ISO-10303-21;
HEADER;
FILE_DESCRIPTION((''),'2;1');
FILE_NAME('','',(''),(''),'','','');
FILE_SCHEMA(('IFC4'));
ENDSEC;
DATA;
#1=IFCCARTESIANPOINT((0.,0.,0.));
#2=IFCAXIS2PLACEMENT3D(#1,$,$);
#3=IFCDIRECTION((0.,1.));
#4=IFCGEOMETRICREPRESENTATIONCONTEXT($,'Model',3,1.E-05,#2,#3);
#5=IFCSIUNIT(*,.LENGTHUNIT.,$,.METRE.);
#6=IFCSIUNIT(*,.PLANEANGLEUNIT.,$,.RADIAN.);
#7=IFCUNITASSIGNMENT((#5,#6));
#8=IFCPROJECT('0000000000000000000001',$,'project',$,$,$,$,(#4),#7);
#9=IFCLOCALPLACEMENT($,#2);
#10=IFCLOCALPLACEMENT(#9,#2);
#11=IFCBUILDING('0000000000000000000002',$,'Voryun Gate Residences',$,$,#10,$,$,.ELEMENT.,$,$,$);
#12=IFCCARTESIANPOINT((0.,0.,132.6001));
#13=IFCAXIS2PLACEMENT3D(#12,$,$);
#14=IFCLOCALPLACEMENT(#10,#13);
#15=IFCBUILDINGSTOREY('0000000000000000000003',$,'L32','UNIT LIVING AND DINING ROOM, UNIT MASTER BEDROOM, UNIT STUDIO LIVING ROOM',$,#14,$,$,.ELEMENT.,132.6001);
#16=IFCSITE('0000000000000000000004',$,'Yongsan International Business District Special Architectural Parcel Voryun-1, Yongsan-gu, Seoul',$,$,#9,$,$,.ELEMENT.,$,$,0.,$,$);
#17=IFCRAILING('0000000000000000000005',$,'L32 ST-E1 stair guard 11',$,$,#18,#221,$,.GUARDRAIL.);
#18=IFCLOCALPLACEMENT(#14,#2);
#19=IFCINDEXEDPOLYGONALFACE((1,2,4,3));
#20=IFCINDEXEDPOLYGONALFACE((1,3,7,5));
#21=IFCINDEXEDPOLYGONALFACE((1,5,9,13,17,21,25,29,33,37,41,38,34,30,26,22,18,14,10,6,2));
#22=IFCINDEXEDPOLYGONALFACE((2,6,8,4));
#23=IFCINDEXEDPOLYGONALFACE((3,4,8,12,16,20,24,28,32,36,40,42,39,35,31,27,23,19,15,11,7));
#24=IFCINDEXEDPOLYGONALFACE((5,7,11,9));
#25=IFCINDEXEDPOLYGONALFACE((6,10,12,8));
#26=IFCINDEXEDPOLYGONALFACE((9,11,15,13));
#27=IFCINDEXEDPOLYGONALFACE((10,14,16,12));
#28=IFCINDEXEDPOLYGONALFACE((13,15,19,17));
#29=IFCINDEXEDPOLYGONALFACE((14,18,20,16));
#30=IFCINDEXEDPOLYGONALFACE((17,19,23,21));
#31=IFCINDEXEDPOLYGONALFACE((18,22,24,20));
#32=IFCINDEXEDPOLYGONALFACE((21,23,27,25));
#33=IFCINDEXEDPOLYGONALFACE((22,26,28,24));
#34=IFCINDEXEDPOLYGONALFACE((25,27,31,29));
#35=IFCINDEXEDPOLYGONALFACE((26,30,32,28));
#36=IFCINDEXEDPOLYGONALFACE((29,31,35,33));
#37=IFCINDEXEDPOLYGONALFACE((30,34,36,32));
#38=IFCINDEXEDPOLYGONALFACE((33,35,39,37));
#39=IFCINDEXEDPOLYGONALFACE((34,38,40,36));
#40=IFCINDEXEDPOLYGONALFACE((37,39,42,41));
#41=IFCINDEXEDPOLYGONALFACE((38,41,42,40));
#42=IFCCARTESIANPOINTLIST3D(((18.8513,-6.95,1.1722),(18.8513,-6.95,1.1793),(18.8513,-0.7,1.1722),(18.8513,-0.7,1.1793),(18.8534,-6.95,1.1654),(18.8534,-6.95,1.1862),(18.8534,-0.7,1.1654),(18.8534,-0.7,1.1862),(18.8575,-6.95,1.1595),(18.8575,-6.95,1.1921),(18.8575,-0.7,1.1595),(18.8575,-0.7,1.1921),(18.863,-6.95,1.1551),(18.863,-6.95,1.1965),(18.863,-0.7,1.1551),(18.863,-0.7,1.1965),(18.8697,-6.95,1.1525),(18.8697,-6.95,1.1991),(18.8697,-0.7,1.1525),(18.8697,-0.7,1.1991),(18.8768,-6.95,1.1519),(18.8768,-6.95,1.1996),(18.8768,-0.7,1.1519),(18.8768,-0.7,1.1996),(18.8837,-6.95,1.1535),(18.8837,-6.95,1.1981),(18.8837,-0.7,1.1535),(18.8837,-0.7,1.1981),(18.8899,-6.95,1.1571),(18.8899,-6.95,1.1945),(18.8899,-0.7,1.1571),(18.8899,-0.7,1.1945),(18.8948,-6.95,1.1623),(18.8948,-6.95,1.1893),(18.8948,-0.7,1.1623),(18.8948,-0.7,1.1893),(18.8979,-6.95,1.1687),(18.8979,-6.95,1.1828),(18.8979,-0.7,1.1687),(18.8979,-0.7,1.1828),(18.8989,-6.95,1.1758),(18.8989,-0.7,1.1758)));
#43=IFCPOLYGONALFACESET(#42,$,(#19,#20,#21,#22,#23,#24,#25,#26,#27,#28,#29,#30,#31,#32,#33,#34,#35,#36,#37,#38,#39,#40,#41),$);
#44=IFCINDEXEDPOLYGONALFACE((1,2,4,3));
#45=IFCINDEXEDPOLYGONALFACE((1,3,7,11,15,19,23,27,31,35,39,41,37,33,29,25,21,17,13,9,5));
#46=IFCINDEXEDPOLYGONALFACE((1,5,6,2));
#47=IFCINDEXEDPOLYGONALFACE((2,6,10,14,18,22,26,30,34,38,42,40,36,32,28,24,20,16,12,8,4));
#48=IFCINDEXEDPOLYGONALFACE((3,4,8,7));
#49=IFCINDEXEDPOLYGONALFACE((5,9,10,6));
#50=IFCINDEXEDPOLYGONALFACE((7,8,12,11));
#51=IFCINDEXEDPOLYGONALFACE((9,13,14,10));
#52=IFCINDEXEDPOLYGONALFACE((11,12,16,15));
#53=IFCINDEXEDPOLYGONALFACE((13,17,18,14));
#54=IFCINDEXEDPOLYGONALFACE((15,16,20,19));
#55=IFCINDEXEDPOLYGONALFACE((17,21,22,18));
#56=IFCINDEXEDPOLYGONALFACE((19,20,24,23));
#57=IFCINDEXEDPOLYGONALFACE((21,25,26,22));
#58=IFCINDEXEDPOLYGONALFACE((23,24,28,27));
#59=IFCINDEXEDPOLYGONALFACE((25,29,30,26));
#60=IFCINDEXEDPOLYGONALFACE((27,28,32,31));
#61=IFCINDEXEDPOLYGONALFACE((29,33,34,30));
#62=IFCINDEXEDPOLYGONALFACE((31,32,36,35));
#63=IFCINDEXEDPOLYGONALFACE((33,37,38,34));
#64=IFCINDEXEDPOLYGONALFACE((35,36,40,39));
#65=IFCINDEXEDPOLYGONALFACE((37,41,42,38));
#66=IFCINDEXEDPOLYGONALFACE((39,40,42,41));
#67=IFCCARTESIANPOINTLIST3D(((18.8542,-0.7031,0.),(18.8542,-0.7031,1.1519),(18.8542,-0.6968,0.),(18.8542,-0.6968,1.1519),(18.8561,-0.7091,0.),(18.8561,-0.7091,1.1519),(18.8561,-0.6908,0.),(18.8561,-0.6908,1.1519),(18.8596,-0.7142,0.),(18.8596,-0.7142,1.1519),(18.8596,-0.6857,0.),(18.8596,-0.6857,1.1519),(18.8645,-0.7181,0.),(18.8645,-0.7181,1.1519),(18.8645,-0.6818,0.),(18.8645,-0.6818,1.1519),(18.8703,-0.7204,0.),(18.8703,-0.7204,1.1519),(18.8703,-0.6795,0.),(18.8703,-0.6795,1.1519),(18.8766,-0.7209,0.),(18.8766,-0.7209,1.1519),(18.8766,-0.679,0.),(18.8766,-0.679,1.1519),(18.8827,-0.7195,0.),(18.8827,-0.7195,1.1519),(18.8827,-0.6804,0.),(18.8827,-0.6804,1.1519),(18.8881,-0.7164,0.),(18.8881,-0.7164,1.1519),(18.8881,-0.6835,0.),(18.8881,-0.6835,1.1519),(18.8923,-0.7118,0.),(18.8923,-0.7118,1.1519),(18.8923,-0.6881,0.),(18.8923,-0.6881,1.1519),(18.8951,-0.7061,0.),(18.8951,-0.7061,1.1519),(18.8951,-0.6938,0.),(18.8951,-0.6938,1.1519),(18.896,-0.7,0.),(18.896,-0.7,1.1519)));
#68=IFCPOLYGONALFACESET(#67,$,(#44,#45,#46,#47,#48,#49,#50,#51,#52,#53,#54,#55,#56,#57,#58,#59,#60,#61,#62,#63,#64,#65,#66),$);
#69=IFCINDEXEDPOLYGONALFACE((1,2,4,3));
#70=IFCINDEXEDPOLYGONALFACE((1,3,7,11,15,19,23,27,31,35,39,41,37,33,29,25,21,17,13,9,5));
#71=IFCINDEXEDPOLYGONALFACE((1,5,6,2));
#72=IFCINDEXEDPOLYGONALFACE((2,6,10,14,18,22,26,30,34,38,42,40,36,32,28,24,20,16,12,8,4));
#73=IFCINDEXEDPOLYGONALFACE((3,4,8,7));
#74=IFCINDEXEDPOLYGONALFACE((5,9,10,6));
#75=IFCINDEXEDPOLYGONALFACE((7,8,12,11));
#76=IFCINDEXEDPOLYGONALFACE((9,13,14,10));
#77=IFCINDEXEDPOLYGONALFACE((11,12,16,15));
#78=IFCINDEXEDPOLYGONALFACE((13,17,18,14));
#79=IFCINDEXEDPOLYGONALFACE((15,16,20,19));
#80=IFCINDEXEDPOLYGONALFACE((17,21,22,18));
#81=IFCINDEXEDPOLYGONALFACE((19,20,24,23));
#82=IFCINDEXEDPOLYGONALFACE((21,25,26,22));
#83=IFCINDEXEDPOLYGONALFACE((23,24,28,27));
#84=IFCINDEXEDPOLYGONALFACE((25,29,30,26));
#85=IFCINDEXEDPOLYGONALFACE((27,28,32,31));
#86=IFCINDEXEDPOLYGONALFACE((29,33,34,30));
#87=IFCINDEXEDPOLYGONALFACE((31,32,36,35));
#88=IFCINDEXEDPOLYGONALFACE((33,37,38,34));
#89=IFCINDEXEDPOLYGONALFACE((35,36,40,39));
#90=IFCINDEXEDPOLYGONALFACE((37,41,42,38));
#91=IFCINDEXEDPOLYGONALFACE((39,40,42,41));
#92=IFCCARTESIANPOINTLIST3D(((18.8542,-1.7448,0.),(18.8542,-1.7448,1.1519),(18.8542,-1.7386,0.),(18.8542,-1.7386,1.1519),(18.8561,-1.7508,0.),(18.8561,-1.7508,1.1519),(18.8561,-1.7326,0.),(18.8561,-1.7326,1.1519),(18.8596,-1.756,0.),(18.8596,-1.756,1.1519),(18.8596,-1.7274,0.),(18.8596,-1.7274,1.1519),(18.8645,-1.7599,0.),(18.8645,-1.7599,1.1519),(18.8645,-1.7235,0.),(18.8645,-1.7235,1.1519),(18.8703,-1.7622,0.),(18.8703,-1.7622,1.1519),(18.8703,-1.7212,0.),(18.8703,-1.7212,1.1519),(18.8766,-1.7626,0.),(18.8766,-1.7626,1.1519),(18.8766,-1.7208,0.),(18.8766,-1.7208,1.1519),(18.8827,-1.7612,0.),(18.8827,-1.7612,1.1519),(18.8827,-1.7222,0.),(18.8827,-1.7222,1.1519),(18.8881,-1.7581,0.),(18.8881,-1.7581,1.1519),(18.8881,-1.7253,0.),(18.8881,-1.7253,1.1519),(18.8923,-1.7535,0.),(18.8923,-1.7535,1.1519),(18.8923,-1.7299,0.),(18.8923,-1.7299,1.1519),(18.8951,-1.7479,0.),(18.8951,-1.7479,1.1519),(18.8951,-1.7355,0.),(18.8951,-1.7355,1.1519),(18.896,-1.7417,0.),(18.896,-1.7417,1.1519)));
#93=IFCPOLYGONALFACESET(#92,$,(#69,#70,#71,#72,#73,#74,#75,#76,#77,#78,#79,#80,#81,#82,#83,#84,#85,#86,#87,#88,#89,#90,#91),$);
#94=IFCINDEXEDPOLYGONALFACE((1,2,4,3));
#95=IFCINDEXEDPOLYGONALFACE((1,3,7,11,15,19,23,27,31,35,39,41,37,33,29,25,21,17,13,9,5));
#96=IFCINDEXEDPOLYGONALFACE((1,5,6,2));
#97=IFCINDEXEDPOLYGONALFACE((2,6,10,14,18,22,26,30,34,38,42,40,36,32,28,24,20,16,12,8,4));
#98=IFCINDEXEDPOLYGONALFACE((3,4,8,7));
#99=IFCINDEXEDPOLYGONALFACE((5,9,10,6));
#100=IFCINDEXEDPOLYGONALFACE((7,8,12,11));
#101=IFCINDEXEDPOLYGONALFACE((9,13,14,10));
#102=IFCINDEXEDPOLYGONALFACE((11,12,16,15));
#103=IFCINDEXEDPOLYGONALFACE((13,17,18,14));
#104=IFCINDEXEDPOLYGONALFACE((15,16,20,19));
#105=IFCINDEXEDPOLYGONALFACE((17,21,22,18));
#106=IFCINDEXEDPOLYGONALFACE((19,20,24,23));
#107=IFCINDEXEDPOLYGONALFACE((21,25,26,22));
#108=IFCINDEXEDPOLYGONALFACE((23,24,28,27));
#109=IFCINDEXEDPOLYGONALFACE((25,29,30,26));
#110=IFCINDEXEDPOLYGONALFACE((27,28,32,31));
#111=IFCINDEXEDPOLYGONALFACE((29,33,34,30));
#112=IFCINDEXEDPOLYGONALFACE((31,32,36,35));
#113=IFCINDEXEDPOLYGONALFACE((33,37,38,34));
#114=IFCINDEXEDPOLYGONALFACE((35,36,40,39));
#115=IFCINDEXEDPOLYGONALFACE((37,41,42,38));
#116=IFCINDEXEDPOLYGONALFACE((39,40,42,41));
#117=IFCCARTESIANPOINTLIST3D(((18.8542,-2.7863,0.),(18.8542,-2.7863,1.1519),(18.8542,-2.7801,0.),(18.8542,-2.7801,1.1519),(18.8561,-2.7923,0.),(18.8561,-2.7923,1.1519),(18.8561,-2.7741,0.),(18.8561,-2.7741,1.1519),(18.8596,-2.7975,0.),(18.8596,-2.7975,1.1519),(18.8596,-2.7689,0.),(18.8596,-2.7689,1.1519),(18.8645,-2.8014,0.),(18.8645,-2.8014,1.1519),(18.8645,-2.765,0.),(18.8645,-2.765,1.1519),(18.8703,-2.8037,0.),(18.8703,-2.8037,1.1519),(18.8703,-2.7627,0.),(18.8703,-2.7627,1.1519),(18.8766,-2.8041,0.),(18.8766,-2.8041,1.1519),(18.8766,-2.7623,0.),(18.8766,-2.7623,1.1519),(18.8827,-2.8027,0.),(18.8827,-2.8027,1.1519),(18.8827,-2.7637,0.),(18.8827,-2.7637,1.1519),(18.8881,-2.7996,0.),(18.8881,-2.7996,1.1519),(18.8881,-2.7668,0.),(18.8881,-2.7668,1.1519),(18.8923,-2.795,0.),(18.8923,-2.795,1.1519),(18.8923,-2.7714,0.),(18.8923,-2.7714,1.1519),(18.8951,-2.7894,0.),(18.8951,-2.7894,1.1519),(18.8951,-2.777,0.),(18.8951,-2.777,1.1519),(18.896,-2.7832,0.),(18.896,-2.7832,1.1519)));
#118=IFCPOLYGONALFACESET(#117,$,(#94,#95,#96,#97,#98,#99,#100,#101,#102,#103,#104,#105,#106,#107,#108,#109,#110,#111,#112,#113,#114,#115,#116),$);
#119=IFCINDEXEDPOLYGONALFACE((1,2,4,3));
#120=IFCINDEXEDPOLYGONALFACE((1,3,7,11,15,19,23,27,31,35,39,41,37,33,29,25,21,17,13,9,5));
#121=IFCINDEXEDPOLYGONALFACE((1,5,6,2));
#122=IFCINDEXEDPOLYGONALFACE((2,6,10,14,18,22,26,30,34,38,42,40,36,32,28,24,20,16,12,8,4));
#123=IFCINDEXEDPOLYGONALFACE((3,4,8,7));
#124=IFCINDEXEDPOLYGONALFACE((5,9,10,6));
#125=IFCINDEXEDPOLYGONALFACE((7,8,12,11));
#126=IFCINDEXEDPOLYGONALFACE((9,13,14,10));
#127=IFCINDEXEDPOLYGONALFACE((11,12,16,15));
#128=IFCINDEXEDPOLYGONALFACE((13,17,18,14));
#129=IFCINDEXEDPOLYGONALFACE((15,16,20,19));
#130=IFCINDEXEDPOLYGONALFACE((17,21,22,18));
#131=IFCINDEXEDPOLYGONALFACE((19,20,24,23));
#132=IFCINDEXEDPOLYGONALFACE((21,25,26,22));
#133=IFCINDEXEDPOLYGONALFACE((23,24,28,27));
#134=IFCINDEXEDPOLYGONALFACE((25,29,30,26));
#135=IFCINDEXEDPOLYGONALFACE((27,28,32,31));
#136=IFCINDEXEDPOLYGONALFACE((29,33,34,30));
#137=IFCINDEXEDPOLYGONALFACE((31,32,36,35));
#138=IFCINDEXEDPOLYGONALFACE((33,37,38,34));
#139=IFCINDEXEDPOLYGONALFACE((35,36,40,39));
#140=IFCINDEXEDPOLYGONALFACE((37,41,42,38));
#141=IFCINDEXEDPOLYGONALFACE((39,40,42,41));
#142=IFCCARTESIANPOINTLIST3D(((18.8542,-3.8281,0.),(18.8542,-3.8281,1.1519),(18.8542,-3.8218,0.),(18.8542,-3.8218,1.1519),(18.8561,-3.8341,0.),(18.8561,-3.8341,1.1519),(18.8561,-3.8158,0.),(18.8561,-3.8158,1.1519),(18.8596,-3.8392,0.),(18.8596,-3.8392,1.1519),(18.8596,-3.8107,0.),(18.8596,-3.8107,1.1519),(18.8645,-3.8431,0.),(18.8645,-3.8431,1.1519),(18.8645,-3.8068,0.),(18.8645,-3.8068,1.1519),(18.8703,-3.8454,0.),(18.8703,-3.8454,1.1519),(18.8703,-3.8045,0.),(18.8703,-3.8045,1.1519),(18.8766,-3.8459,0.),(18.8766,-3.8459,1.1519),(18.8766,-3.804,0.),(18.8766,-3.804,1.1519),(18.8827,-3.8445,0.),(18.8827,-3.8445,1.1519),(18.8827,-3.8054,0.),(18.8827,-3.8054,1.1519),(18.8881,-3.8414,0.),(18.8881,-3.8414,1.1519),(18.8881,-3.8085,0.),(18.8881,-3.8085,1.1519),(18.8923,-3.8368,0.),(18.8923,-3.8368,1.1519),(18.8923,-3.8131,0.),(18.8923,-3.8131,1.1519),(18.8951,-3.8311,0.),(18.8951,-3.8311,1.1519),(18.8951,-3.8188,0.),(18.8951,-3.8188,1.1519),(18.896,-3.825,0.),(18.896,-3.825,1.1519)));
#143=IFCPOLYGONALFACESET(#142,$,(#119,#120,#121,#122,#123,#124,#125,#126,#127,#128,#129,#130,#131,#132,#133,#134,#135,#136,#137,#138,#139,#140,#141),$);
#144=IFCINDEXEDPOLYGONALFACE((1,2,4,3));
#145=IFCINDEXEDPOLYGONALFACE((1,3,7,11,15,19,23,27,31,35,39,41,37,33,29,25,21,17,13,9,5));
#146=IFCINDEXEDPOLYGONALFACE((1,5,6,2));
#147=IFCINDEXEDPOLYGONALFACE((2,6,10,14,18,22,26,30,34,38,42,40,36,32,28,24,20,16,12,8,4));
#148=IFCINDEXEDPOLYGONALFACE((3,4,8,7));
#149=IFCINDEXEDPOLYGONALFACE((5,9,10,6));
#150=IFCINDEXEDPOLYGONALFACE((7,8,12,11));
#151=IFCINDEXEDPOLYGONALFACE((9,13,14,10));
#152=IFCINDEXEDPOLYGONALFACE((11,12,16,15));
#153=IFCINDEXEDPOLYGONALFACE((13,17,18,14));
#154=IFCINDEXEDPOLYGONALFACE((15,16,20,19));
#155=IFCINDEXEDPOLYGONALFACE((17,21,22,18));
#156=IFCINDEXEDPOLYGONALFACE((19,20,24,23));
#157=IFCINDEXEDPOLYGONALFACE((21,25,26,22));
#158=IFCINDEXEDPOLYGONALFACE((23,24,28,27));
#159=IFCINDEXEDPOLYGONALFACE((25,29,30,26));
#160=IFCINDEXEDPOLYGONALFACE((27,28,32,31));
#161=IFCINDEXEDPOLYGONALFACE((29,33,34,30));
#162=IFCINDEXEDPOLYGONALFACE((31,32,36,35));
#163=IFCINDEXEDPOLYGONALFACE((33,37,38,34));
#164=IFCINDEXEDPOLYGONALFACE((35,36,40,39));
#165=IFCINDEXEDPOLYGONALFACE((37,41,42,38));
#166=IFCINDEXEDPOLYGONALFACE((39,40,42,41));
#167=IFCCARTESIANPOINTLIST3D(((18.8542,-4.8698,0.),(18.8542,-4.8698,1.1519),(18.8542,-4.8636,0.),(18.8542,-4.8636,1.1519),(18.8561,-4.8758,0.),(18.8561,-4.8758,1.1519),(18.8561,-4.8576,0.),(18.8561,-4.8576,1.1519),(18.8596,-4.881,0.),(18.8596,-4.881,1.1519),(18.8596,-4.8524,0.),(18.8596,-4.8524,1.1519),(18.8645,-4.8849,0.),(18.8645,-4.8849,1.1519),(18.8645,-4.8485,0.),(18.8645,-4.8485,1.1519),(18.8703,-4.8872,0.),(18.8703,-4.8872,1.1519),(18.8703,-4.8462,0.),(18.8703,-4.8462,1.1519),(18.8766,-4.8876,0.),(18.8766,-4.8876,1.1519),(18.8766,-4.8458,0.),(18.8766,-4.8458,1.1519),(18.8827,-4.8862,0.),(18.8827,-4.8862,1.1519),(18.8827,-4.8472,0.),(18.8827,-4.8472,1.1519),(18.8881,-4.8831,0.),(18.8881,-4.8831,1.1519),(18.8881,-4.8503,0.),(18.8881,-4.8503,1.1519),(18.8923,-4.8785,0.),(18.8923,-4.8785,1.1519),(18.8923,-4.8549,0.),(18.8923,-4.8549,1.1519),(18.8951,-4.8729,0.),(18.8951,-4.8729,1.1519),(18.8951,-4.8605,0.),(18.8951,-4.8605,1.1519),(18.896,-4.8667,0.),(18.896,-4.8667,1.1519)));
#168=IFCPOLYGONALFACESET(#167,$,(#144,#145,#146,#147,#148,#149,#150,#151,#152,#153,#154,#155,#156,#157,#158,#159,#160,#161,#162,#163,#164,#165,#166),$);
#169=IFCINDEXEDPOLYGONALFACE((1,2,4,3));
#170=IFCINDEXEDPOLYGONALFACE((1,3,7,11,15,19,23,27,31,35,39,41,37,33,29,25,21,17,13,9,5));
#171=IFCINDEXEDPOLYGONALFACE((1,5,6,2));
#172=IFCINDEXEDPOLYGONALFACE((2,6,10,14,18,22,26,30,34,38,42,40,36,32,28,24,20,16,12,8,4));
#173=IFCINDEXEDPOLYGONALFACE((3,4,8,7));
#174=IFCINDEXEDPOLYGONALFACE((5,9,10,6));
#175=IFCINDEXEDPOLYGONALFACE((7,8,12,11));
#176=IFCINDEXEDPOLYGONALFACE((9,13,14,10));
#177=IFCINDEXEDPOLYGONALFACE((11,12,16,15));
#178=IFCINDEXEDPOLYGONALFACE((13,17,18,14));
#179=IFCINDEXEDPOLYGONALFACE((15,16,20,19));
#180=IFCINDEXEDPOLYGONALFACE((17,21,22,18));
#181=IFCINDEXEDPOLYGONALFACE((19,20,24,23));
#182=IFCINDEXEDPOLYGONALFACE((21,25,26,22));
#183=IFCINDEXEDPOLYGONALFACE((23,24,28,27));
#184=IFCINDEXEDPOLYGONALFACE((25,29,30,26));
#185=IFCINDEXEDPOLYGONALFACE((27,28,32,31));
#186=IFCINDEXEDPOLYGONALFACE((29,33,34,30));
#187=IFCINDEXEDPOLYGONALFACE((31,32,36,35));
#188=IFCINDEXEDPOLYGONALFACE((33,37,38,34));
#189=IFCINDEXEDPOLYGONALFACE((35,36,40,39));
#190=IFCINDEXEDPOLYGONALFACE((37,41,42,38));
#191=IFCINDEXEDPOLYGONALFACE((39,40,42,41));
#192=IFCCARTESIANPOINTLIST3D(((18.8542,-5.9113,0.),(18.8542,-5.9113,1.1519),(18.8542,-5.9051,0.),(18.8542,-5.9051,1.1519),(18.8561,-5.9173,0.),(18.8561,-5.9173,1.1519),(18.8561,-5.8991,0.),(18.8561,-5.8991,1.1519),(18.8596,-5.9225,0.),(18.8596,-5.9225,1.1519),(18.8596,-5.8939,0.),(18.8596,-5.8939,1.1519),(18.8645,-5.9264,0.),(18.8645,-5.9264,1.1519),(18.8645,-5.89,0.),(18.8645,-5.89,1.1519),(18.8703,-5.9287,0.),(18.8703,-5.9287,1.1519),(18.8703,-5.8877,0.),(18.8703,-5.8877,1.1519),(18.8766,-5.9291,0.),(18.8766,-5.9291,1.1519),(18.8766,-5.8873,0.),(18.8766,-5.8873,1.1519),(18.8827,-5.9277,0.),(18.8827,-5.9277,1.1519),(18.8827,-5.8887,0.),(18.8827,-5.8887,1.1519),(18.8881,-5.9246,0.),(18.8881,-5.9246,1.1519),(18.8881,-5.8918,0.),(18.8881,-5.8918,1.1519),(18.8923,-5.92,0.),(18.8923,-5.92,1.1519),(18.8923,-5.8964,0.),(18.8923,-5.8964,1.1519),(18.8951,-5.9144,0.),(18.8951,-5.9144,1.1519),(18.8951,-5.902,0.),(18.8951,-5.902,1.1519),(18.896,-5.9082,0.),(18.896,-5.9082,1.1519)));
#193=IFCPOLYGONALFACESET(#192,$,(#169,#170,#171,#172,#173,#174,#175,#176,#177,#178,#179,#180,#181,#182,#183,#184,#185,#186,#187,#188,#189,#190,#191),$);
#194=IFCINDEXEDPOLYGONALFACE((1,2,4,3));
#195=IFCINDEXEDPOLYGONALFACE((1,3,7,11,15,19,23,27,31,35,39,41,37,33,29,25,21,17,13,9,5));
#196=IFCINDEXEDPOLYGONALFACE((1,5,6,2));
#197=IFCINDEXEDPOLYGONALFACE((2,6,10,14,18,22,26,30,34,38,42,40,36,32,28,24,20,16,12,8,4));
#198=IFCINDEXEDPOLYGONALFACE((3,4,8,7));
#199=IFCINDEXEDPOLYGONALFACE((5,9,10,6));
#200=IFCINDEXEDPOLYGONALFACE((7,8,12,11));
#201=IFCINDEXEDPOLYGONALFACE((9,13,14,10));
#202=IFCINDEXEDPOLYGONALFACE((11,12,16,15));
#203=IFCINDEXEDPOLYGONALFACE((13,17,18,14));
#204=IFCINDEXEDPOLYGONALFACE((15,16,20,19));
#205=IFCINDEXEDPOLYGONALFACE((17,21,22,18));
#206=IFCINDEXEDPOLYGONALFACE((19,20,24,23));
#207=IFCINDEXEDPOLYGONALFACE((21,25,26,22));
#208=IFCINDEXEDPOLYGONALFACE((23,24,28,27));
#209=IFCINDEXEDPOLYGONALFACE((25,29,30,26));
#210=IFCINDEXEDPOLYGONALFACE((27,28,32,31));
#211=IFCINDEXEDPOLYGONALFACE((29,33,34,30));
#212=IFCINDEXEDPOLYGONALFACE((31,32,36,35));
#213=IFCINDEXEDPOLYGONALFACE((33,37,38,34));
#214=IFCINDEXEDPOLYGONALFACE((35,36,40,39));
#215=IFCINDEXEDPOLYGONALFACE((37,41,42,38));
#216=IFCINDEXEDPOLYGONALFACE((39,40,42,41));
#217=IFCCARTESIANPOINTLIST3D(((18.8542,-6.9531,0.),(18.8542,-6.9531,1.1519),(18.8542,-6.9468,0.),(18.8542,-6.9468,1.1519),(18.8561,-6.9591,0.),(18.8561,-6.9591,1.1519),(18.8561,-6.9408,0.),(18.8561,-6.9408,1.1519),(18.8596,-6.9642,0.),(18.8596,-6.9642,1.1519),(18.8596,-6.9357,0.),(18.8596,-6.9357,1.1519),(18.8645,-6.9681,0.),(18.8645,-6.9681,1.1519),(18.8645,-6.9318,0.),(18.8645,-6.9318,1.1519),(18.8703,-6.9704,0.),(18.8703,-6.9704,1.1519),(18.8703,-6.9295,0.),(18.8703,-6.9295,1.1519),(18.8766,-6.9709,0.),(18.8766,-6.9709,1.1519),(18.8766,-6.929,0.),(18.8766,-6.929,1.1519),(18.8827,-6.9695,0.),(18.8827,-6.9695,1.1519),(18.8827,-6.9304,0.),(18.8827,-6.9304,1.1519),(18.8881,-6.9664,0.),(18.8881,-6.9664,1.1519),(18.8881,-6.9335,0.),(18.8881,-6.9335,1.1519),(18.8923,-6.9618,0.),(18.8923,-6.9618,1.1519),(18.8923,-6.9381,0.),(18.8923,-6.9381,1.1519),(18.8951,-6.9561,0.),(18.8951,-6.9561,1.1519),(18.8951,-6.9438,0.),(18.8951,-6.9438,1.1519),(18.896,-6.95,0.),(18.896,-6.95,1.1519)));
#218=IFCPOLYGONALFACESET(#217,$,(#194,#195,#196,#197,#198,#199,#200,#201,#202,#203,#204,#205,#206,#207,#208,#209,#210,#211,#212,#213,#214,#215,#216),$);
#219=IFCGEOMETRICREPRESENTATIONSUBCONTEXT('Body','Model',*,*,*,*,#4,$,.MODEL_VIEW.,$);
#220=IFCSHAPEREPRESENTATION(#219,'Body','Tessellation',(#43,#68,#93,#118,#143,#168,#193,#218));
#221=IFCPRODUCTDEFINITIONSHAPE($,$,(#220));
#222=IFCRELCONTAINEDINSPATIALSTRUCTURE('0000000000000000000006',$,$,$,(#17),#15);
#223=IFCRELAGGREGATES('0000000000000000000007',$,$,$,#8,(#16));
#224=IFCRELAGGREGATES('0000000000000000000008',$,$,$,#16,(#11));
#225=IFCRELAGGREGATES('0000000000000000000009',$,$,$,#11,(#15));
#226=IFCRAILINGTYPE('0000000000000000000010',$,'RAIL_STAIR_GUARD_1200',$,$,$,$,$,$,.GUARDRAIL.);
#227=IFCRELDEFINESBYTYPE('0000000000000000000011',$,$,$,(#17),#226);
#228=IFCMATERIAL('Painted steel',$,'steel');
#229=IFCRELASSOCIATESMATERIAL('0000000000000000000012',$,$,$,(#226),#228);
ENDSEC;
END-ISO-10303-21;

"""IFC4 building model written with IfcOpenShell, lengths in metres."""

from ifc_helpers import new_model, si_unit, direction, frame, origin, origin_2d, place, context, subcontext, project, spatial, circle, extrude, material, type_object, element, save


model = new_model("IFC4")

# Units and contexts
model_context = context("Model", 3, precision=1e-05, world=origin(), true_north=direction((0.0, 1.0)))
body_context = subcontext(model_context, "Body", "Model", "MODEL_VIEW")
ifc_project = project(units=[si_unit("LENGTHUNIT", "METRE"), si_unit("PLANEANGLEUNIT", "RADIAN")], contexts=[model_context])

# Site, building, storey
site_placement = place(None, origin())
site = spatial("IfcSite", under=ifc_project, at=site_placement, Name="Yongsan International Business District Special Architectural Parcel Voryun-1, Yongsan-gu, Seoul", CompositionType="ELEMENT", RefElevation=0.0)
building_placement = place(site_placement, origin())
building = spatial("IfcBuilding", under=site, at=building_placement, Name="Voryun Gate Residences", CompositionType="ELEMENT")
storey_placement = place(building_placement, frame((0.0, 0.0, 132.6001)))
storey = spatial("IfcBuildingStorey", under=building, at=storey_placement, Name="L32", Description="UNIT LIVING AND DINING ROOM, UNIT MASTER BEDROOM, UNIT STUDIO LIVING ROOM", CompositionType="ELEMENT", Elevation=132.6001)

# Railing
ifc_material_1 = material(Name="Painted steel", Category="steel")
railing_type = type_object("IfcRailingType", Name="RAIL_STAIR_GUARD_1200", PredefinedType="GUARDRAIL", material=ifc_material_1)
railing_1_placement = place(storey_placement, frame((18.875, -0.7, 0.0)))
element("IfcRailing", 1, at=railing_1_placement, inside=storey, type_object=railing_type, Name="L32 ST-E1 stair guard 11", PredefinedType="GUARDRAIL", context=body_context, shape_type="SweptSolid", body=[
    extrude(circle(Radius=0.0239, at=origin_2d()), frame((0.0, 0.0, 1.1758), z_axis=(0.0, -1.0, 0.0), x_axis=(1.0, 0.0, 0.0)), (0.0, 0.0, 1.0), 6.25),
    extrude(circle(Radius=0.021, at=origin_2d()), origin(), (0.0, 0.0, 1.0), 1.1519),
    extrude(circle(Radius=0.021, at=origin_2d()), frame((0.0, -1.0417, 0.0)), (0.0, 0.0, 1.0), 1.1519),
    extrude(circle(Radius=0.021, at=origin_2d()), frame((0.0, -2.0833, 0.0)), (0.0, 0.0, 1.0), 1.1519),
    extrude(circle(Radius=0.021, at=origin_2d()), frame((0.0, -3.125, 0.0)), (0.0, 0.0, 1.0), 1.1519),
    extrude(circle(Radius=0.021, at=origin_2d()), frame((0.0, -4.1667, 0.0)), (0.0, 0.0, 1.0), 1.1519),
    extrude(circle(Radius=0.021, at=origin_2d()), frame((0.0, -5.2083, 0.0)), (0.0, 0.0, 1.0), 1.1519),
    extrude(circle(Radius=0.021, at=origin_2d()), frame((0.0, -6.25, 0.0)), (0.0, 0.0, 1.0), 1.1519),
])

save(model, "model.ifc")
